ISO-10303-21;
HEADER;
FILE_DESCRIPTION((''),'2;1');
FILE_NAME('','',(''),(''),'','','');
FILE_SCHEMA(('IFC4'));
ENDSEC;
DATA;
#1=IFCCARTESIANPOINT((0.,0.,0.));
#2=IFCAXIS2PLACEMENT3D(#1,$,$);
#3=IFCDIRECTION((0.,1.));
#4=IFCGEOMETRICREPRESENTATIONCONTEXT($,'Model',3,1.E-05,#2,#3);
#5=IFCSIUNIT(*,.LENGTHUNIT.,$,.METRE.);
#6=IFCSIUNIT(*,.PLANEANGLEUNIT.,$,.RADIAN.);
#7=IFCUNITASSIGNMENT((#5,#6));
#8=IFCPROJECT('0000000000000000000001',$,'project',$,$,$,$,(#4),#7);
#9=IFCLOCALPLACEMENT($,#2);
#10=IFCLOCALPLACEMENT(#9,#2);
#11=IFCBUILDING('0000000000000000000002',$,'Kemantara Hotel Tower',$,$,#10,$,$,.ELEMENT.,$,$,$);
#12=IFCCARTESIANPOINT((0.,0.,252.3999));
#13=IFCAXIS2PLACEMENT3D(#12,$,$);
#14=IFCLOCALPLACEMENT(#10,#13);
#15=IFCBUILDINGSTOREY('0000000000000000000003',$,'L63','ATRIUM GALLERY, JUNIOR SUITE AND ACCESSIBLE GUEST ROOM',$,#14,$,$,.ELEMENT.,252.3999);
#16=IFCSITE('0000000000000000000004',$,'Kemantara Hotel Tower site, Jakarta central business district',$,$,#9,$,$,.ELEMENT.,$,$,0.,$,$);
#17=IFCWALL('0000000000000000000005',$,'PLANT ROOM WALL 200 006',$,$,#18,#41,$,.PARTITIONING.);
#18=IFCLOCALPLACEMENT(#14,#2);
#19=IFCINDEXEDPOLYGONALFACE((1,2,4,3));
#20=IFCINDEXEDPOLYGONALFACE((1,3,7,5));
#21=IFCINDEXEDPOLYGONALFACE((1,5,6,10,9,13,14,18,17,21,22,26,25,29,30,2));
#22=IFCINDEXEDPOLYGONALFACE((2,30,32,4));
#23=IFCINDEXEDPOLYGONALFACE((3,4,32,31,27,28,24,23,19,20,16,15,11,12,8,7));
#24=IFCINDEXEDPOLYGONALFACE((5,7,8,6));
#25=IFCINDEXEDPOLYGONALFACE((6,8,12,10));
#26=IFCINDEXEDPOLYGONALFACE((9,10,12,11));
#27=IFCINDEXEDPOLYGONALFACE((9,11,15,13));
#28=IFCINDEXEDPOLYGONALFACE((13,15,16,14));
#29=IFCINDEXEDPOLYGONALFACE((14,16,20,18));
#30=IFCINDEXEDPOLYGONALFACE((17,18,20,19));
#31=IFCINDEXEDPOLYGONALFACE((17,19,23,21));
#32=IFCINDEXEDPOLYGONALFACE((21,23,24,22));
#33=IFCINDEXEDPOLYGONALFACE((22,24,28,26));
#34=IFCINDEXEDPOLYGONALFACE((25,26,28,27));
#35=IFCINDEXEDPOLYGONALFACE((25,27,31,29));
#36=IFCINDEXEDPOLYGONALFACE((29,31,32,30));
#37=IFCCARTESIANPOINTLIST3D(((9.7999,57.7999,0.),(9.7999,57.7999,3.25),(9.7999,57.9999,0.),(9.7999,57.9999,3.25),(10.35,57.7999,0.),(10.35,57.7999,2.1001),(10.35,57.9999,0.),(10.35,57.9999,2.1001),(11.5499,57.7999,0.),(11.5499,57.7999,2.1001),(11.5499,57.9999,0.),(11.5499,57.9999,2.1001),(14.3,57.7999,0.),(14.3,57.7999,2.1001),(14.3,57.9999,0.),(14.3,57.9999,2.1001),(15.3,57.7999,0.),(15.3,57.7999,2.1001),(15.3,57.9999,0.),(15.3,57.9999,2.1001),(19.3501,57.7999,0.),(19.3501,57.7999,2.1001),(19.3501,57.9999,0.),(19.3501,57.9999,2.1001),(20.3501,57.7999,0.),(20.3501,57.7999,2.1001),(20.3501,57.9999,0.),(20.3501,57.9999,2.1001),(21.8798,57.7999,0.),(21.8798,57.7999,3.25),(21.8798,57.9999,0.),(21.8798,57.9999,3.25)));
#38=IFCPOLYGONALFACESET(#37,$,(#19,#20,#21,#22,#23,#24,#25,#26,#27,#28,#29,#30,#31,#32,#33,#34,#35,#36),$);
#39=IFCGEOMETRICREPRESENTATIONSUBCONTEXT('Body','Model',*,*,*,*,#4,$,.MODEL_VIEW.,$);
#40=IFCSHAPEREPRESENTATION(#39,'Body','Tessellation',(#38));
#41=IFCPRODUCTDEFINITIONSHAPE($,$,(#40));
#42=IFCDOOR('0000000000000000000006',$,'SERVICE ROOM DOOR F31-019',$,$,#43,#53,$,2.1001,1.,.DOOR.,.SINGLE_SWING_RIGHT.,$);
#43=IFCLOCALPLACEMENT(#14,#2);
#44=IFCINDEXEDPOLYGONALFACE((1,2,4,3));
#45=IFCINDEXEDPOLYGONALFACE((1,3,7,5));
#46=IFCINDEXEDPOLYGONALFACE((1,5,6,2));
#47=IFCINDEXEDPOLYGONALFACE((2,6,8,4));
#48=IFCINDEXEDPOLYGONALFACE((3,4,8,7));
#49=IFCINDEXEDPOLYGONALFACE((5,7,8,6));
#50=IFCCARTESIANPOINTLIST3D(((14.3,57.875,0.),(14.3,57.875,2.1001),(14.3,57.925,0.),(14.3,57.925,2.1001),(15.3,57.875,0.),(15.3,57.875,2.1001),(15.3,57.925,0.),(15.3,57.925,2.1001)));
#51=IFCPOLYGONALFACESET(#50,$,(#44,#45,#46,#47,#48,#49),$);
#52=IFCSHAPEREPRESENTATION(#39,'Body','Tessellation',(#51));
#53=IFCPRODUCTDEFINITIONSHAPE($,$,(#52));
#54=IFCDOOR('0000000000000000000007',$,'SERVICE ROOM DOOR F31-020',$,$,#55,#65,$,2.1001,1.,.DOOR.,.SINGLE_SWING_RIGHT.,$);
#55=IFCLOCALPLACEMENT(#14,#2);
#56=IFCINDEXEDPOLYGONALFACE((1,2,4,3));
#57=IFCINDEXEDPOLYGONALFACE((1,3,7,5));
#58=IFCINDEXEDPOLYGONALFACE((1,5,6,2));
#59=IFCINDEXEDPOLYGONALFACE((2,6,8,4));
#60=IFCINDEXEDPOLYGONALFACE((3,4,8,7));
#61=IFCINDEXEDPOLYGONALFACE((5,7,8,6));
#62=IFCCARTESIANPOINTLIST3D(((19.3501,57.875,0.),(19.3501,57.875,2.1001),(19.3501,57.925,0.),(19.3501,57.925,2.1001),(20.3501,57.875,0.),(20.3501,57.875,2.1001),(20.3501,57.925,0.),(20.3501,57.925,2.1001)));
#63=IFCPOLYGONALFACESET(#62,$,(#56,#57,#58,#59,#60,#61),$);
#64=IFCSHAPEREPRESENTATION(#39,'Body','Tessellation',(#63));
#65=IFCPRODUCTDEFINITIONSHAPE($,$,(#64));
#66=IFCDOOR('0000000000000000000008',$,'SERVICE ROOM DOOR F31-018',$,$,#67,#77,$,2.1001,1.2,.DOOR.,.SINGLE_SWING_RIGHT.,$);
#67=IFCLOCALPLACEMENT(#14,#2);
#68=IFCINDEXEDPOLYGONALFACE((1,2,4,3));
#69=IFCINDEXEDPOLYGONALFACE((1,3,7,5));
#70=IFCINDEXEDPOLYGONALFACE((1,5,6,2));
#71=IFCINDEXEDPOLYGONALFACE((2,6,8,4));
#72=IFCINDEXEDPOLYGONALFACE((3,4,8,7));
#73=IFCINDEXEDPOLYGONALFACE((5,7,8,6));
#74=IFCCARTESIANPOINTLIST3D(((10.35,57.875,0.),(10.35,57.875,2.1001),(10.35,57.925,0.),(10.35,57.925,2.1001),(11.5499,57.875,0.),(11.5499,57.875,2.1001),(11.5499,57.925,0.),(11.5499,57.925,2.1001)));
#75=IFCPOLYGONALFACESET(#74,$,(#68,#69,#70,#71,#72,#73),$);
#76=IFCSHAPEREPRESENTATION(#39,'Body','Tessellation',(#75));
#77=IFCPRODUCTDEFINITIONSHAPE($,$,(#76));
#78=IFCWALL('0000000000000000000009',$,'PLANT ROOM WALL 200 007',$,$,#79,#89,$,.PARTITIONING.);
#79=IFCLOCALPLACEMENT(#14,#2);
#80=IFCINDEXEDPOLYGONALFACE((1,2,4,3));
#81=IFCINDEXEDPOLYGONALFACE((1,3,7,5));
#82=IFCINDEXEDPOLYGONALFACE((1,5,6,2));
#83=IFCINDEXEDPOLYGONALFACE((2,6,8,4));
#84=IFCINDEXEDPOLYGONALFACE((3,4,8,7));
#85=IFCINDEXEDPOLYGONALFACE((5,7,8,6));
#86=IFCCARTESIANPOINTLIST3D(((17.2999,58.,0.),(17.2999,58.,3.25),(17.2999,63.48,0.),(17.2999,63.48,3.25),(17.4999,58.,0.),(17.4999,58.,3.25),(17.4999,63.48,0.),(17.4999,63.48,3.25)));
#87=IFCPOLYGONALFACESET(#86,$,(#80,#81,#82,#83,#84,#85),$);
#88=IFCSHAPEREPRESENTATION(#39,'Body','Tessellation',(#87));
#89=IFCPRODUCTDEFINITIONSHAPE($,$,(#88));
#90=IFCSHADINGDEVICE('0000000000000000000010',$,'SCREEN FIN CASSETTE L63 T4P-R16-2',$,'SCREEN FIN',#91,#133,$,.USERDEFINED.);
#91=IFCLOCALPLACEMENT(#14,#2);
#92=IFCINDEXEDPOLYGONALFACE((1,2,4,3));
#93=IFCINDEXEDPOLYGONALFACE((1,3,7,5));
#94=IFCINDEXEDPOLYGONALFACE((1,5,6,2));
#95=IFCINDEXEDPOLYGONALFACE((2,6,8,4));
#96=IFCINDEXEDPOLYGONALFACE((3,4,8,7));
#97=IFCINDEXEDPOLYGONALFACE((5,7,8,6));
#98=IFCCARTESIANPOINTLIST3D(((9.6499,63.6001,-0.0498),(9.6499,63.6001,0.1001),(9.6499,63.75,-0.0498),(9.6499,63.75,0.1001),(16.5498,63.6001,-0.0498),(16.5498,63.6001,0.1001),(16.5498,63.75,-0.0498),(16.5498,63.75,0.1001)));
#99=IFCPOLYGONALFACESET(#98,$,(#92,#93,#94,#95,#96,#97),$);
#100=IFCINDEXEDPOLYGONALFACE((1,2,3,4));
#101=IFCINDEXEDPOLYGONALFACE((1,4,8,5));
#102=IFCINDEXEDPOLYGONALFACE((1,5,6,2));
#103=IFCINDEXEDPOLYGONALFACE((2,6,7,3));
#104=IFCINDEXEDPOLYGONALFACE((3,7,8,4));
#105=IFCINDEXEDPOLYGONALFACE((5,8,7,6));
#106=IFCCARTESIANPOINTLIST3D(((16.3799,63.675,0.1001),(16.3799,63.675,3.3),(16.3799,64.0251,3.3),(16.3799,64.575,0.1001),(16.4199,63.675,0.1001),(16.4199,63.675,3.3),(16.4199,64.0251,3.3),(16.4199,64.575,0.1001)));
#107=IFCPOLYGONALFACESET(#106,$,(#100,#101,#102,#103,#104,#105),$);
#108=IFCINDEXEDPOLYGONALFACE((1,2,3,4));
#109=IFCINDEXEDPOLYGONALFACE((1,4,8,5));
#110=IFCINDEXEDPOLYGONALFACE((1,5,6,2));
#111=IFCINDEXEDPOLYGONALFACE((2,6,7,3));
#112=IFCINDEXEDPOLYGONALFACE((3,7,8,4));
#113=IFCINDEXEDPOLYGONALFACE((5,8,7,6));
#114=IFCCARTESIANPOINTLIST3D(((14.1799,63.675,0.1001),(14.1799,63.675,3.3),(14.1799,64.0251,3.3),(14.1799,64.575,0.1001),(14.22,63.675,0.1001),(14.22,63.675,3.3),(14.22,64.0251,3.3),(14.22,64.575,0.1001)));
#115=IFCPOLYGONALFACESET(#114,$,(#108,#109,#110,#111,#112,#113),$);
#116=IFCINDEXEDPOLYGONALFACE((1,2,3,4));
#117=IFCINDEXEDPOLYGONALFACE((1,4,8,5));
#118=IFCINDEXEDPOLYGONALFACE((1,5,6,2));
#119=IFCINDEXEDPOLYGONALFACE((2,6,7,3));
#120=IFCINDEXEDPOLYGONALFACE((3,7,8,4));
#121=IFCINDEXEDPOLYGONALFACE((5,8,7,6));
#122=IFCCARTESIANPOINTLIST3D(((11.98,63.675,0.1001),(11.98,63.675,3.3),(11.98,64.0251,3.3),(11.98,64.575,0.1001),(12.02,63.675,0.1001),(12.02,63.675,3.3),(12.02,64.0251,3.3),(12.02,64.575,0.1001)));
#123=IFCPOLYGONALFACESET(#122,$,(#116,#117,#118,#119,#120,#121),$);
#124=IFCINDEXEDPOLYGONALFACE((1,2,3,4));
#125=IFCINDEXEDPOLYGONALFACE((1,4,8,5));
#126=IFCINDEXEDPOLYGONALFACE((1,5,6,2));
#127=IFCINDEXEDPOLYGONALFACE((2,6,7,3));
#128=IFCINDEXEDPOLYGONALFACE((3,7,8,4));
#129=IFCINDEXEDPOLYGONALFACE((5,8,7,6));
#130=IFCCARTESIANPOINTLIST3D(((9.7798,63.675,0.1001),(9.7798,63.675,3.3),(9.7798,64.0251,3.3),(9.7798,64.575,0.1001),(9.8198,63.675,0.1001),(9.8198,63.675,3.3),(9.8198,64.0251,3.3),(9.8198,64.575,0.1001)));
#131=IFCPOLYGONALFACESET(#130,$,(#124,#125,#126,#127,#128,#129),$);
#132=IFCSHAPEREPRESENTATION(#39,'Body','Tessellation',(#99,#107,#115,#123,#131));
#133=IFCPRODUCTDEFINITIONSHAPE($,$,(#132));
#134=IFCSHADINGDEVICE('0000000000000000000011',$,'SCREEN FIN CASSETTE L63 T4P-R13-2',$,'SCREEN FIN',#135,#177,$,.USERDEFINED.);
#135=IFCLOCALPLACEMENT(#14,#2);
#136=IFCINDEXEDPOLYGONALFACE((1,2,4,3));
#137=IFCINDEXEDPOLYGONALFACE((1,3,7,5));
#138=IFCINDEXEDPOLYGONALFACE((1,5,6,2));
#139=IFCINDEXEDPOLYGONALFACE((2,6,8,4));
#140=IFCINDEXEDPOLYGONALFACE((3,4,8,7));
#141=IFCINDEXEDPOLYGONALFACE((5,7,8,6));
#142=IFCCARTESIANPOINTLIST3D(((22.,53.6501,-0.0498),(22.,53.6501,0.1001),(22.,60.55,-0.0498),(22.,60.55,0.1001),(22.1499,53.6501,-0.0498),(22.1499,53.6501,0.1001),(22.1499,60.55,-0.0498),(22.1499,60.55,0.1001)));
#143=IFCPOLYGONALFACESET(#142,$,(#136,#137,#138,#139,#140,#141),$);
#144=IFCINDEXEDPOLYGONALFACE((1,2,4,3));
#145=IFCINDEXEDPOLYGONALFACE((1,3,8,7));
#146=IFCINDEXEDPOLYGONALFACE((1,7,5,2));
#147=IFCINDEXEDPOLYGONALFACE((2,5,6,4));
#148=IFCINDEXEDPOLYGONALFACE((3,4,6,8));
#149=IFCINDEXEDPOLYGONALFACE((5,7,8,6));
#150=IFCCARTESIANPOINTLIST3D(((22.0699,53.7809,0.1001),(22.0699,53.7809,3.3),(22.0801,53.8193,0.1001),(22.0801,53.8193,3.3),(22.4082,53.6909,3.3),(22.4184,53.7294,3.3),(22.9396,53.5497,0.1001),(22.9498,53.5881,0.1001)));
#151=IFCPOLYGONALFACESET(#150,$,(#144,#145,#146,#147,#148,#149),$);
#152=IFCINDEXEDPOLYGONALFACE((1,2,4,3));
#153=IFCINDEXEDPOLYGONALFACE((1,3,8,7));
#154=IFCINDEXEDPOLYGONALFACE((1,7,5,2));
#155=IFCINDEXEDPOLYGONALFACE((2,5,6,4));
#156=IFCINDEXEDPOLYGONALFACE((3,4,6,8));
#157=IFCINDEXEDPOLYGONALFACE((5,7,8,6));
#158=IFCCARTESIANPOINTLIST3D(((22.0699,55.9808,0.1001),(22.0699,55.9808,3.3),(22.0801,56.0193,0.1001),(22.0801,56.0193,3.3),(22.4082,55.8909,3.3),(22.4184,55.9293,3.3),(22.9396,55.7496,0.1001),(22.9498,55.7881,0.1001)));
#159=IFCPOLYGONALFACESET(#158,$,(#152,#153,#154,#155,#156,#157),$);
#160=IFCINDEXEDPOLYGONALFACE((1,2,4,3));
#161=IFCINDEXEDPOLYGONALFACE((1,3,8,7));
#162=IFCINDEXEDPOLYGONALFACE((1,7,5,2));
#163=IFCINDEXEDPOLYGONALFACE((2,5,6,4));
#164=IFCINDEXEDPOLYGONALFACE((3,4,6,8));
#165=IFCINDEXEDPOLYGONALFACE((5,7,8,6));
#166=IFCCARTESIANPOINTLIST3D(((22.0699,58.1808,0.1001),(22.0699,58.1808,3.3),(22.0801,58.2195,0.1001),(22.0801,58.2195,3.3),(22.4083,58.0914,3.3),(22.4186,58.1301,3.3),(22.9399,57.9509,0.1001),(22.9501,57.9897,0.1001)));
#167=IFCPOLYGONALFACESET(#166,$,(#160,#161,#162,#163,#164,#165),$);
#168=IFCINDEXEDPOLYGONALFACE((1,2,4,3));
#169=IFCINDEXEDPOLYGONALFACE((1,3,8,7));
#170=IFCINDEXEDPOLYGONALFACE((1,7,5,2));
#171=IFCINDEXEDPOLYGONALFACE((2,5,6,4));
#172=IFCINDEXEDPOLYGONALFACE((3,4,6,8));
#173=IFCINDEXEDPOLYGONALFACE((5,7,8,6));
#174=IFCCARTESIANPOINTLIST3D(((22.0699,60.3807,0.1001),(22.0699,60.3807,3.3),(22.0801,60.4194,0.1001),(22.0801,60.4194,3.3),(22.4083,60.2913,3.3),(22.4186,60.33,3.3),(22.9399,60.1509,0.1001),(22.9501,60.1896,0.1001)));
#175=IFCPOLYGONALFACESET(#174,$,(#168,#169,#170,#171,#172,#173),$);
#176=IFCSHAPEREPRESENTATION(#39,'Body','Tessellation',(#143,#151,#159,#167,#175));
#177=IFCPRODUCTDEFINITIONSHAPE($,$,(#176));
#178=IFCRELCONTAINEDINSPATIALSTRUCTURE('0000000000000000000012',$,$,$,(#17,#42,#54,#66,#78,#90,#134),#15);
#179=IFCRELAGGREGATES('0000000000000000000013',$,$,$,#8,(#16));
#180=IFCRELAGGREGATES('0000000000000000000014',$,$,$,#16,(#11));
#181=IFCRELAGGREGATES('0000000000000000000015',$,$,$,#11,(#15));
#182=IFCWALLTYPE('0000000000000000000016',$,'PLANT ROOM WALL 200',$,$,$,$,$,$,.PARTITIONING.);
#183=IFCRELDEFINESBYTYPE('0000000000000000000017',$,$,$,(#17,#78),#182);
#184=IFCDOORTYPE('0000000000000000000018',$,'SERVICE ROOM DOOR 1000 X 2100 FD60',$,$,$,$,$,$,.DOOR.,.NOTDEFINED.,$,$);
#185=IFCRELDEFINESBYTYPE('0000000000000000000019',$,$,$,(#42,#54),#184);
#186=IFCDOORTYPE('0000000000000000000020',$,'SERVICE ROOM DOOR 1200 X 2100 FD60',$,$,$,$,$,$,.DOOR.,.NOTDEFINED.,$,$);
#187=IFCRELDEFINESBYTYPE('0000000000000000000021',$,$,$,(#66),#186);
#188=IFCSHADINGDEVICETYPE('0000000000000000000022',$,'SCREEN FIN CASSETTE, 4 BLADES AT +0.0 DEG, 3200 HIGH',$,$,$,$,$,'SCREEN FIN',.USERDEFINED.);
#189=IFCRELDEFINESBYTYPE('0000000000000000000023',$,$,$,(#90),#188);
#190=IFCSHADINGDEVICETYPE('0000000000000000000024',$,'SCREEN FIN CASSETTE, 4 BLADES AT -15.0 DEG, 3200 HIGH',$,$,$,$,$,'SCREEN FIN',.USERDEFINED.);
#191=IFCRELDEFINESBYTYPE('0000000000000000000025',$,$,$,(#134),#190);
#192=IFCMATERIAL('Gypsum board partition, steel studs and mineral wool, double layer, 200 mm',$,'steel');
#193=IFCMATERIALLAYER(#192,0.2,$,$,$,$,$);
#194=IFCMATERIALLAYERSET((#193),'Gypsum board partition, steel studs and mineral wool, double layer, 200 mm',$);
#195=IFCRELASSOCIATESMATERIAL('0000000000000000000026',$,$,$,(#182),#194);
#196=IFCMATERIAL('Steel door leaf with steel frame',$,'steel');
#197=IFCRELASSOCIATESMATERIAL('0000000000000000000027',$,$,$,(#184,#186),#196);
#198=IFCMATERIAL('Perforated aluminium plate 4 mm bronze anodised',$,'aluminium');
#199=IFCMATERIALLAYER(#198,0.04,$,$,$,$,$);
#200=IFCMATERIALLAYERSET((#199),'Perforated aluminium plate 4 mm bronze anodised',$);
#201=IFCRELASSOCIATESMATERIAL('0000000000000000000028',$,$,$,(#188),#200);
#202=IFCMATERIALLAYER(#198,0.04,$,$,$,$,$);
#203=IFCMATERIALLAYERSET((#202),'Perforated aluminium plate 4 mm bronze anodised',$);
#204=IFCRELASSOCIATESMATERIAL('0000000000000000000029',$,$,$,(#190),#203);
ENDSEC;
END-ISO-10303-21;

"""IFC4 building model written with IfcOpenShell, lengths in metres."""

from ifc_helpers import new_model, si_unit, direction, frame, frame_2d, origin, origin_2d, place, context, subcontext, project, spatial, polyline, rectangle, outline, extrude, source, transform, mapped, material, layer, layer_set, type_object, element, fill, save


model = new_model("IFC4")

# Units and contexts
model_context = context("Model", 3, precision=1e-05, world=origin(), true_north=direction((0.0, 1.0)))
body_context = subcontext(model_context, "Body", "Model", "MODEL_VIEW")
ifc_project = project(units=[si_unit("LENGTHUNIT", "METRE"), si_unit("PLANEANGLEUNIT", "RADIAN")], contexts=[model_context])

# Site, building, storey
site_placement = place(None, origin())
site = spatial("IfcSite", under=ifc_project, at=site_placement, Name="Kemantara Hotel Tower site, Jakarta central business district", CompositionType="ELEMENT", RefElevation=0.0)
building_placement = place(site_placement, origin())
building = spatial("IfcBuilding", under=site, at=building_placement, Name="Kemantara Hotel Tower", CompositionType="ELEMENT")
storey_placement = place(building_placement, frame((0.0, 0.0, 252.3999)))
storey = spatial("IfcBuildingStorey", under=building, at=storey_placement, Name="L63", Description="ATRIUM GALLERY, JUNIOR SUITE AND ACCESSIBLE GUEST ROOM", CompositionType="ELEMENT", Elevation=252.3999)

# Wall, openings, doors
ifc_material_1 = material(Name="Gypsum board partition, steel studs and mineral wool, double layer, 200 mm", Category="steel")
ifc_layer_1 = layer(ifc_material_1, 0.2)
ifc_layer_set_1 = layer_set([ifc_layer_1], Name="Gypsum board partition, steel studs and mineral wool, double layer, 200 mm")
wall_type = type_object("IfcWallType", Name="PLANT ROOM WALL 200", PredefinedType="PARTITIONING", material=ifc_layer_set_1)
wall_1_placement = place(storey_placement, frame((21.8799, 57.8999, 0.0), z_axis=(0.0, 0.0, 1.0), x_axis=(-1.0, 0.0, 0.0)))
wall_1 = element("IfcWall", 1, at=wall_1_placement, inside=storey, type_object=wall_type, Name="PLANT ROOM WALL 200 006", PredefinedType="PARTITIONING", context=body_context, shape_type="SweptSolid", body=[
    extrude(rectangle(XDim=12.0798, YDim=0.2, at=frame_2d((6.04, 0.0))), origin(), (0.0, 0.0, 1.0), 3.25),
])
opening_1_placement = place(wall_1_placement, frame((10.3298, 0.0, 0.0)))
opening_1 = element("IfcOpeningElement", 2, at=opening_1_placement, cuts=wall_1, PredefinedType="OPENING", context=body_context, shape_type="SweptSolid", body=[
    extrude(rectangle(XDim=1.2, YDim=2.1001, at=frame_2d((0.6001, 1.05))), frame((0.0, 0.1099, 0.0), z_axis=(0.0, -1.0, 0.0), x_axis=(1.0, 0.0, 0.0)), (0.0, 0.0, 1.0), 0.22),
])
opening_2_placement = place(wall_1_placement, frame((6.5798, 0.0, 0.0)))
opening_2 = element("IfcOpeningElement", 3, at=opening_2_placement, cuts=wall_1, PredefinedType="OPENING", context=body_context, shape_type="SweptSolid", body=[
    extrude(rectangle(XDim=1.0, YDim=2.1001, at=frame_2d((0.5, 1.05))), frame((0.0, 0.1099, 0.0), z_axis=(0.0, -1.0, 0.0), x_axis=(1.0, 0.0, 0.0)), (0.0, 0.0, 1.0), 0.22),
])
opening_3_placement = place(wall_1_placement, frame((1.5298, 0.0, 0.0)))
opening_3 = element("IfcOpeningElement", 4, at=opening_3_placement, cuts=wall_1, PredefinedType="OPENING", context=body_context, shape_type="SweptSolid", body=[
    extrude(rectangle(XDim=1.0, YDim=2.1001, at=frame_2d((0.5, 1.05))), frame((0.0, 0.1099, 0.0), z_axis=(0.0, -1.0, 0.0), x_axis=(1.0, 0.0, 0.0)), (0.0, 0.0, 1.0), 0.22),
])
ifc_material_2 = material(Name="Steel door leaf with steel frame", Category="steel")
door_type_1 = type_object("IfcDoorType", Name="SERVICE ROOM DOOR 1000 X 2100 FD60", OperationType="NOTDEFINED", PredefinedType="DOOR", material=ifc_material_2)
door_1_placement = place(opening_2_placement, origin())
door_1 = element("IfcDoor", 5, at=door_1_placement, inside=storey, type_object=door_type_1, Name="SERVICE ROOM DOOR F31-019", OperationType="SINGLE_SWING_RIGHT", OverallHeight=2.1001, OverallWidth=1.0, PredefinedType="DOOR", context=body_context, shape_type="SweptSolid", body=[
    extrude(rectangle(XDim=1.0, YDim=2.1001, at=frame_2d((0.5, 1.05))), frame((0.0, 0.0249, 0.0), z_axis=(0.0, -1.0, 0.0), x_axis=(1.0, 0.0, 0.0)), (0.0, 0.0, 1.0), 0.05),
])
fill(opening_2, door_1)
door_2_placement = place(opening_3_placement, origin())
door_2 = element("IfcDoor", 6, at=door_2_placement, inside=storey, type_object=door_type_1, Name="SERVICE ROOM DOOR F31-020", OperationType="SINGLE_SWING_RIGHT", OverallHeight=2.1001, OverallWidth=1.0, PredefinedType="DOOR", context=body_context, shape_type="SweptSolid", body=[
    extrude(rectangle(XDim=1.0, YDim=2.1001, at=frame_2d((0.5, 1.05))), frame((0.0, 0.0249, 0.0), z_axis=(0.0, -1.0, 0.0), x_axis=(1.0, 0.0, 0.0)), (0.0, 0.0, 1.0), 0.05),
])
fill(opening_3, door_2)
door_type_2 = type_object("IfcDoorType", Name="SERVICE ROOM DOOR 1200 X 2100 FD60", OperationType="NOTDEFINED", PredefinedType="DOOR", material=ifc_material_2)
door_3_placement = place(opening_1_placement, origin())
door_3 = element("IfcDoor", 7, at=door_3_placement, inside=storey, type_object=door_type_2, Name="SERVICE ROOM DOOR F31-018", OperationType="SINGLE_SWING_RIGHT", OverallHeight=2.1001, OverallWidth=1.2, PredefinedType="DOOR", context=body_context, shape_type="SweptSolid", body=[
    extrude(rectangle(XDim=1.2, YDim=2.1001, at=frame_2d((0.6001, 1.05))), frame((0.0, 0.0249, 0.0), z_axis=(0.0, -1.0, 0.0), x_axis=(1.0, 0.0, 0.0)), (0.0, 0.0, 1.0), 0.05),
])
fill(opening_1, door_3)

# Wall
wall_2_placement = place(storey_placement, frame((17.3999, 58.0, 0.0), z_axis=(0.0, 0.0, 1.0), x_axis=(0.0, 1.0, 0.0)))
element("IfcWall", 8, at=wall_2_placement, inside=storey, type_object=wall_type, Name="PLANT ROOM WALL 200 007", PredefinedType="PARTITIONING", context=body_context, shape_type="SweptSolid", body=[
    extrude(rectangle(XDim=5.48, YDim=0.2, at=frame_2d((2.74, 0.0))), origin(), (0.0, 0.0, 1.0), 3.25),
])

# Shading devices
ifc_material_3 = material(Name="Perforated aluminium plate 4 mm bronze anodised", Category="aluminium")
ifc_layer_2 = layer(ifc_material_3, 0.04)
ifc_layer_set_2 = layer_set([ifc_layer_2], Name="Perforated aluminium plate 4 mm bronze anodised")
shading_device_type_1 = type_object("IfcShadingDeviceType", Name="SCREEN FIN CASSETTE, 4 BLADES AT +0.0 DEG, 3200 HIGH", ElementType="SCREEN FIN", PredefinedType="USERDEFINED", material=ifc_layer_set_2)
shared_shape_1 = source(origin(), body_context, "Body", "SweptSolid", [
    extrude(rectangle(XDim=6.8999, YDim=0.1499, at=origin_2d()), frame((3.3, -0.075, -0.1499), z_axis=(0.0, 0.0, 1.0), x_axis=(1.0, 0.0, 0.0)), (0.0, 0.0, 1.0), 0.1499),
    extrude(outline(polyline([(0.0, 0.0), (0.8999, 0.0), (0.3501, 3.2), (0.0, 3.2), (0.0, 0.0)])), frame((0.02, -0.075, 0.0), z_axis=(-1.0, 0.0, 0.0), x_axis=(0.0, -1.0, 0.0)), (0.0, 0.0, 1.0), 0.04),
    extrude(outline(polyline([(0.0, 0.0), (0.8999, 0.0), (0.3501, 3.2), (0.0, 3.2), (0.0, 0.0)])), frame((2.22, -0.075, 0.0), z_axis=(-1.0, 0.0, 0.0), x_axis=(0.0, -1.0, 0.0)), (0.0, 0.0, 1.0), 0.04),
    extrude(outline(polyline([(0.0, 0.0), (0.8999, 0.0), (0.3501, 3.2), (0.0, 3.2), (0.0, 0.0)])), frame((4.4199, -0.075, 0.0), z_axis=(-1.0, 0.0, 0.0), x_axis=(0.0, -1.0, 0.0)), (0.0, 0.0, 1.0), 0.04),
    extrude(outline(polyline([(0.0, 0.0), (0.8999, 0.0), (0.3501, 3.2), (0.0, 3.2), (0.0, 0.0)])), frame((6.6201, -0.075, 0.0), z_axis=(-1.0, 0.0, 0.0), x_axis=(0.0, -1.0, 0.0)), (0.0, 0.0, 1.0), 0.04),
])
shading_device_1_placement = place(storey_placement, frame((16.3999, 63.6001, 0.1001), z_axis=(0.0, 0.0, 1.0), x_axis=(-1.0, 0.0, 0.0)))
element("IfcShadingDevice", 9, at=shading_device_1_placement, inside=storey, type_object=shading_device_type_1, Name="SCREEN FIN CASSETTE L63 T4P-R16-2", ObjectType="SCREEN FIN", PredefinedType="USERDEFINED", context=body_context, shape_type="MappedRepresentation", body=[
    mapped(shared_shape_1, transform((0.0, 0.0, 0.0))),
])
ifc_layer_3 = layer(ifc_material_3, 0.04)
ifc_layer_set_3 = layer_set([ifc_layer_3], Name="Perforated aluminium plate 4 mm bronze anodised")
shading_device_type_2 = type_object("IfcShadingDeviceType", Name="SCREEN FIN CASSETTE, 4 BLADES AT -15.0 DEG, 3200 HIGH", ElementType="SCREEN FIN", PredefinedType="USERDEFINED", material=ifc_layer_set_3)
shared_shape_2 = source(origin(), body_context, "Body", "SweptSolid", [
    extrude(rectangle(XDim=6.8999, YDim=0.1499, at=origin_2d()), frame((3.3, -0.075, -0.1499), z_axis=(0.0, 0.0, 1.0), x_axis=(1.0, 0.0, 0.0)), (0.0, 0.0, 1.0), 0.1499),
    extrude(outline(polyline([(0.0, 0.0), (0.8999, 0.0), (0.3501, 3.2), (0.0, 3.2), (0.0, 0.0)])), frame((0.0193, -0.0801, 0.0), z_axis=(-0.966438, 0.256901, 0.0), x_axis=(-0.256901, -0.966438, 0.0)), (0.0, 0.0, 1.0), 0.0398),
    extrude(outline(polyline([(0.0, 0.0), (0.8999, 0.0), (0.3501, 3.2), (0.0, 3.2), (0.0, 0.0)])), frame((2.2192, -0.0801, 0.0), z_axis=(-0.966438, 0.256901, 0.0), x_axis=(-0.256901, -0.966438, 0.0)), (0.0, 0.0, 1.0), 0.0398),
    extrude(outline(polyline([(0.0, 0.0), (0.8999, 0.0), (0.3501, 3.2), (0.0, 3.2), (0.0, 0.0)])), frame((4.4194, -0.0801, 0.0), z_axis=(-0.966838, 0.255391, 0.0), x_axis=(-0.255391, -0.966838, 0.0)), (0.0, 0.0, 1.0), 0.04),
    extrude(outline(polyline([(0.0, 0.0), (0.8999, 0.0), (0.3501, 3.2), (0.0, 3.2), (0.0, 0.0)])), frame((6.6194, -0.0801, 0.0), z_axis=(-0.966838, 0.255391, 0.0), x_axis=(-0.255391, -0.966838, 0.0)), (0.0, 0.0, 1.0), 0.04),
])
shading_device_2_placement = place(storey_placement, frame((22.0, 53.8, 0.1001), z_axis=(0.0, 0.0, 1.0), x_axis=(0.0, 1.0, 0.0)))
element("IfcShadingDevice", 10, at=shading_device_2_placement, inside=storey, type_object=shading_device_type_2, Name="SCREEN FIN CASSETTE L63 T4P-R13-2", ObjectType="SCREEN FIN", PredefinedType="USERDEFINED", context=body_context, shape_type="MappedRepresentation", body=[
    mapped(shared_shape_2, transform((0.0, 0.0, 0.0))),
])

save(model, "model.ifc")
